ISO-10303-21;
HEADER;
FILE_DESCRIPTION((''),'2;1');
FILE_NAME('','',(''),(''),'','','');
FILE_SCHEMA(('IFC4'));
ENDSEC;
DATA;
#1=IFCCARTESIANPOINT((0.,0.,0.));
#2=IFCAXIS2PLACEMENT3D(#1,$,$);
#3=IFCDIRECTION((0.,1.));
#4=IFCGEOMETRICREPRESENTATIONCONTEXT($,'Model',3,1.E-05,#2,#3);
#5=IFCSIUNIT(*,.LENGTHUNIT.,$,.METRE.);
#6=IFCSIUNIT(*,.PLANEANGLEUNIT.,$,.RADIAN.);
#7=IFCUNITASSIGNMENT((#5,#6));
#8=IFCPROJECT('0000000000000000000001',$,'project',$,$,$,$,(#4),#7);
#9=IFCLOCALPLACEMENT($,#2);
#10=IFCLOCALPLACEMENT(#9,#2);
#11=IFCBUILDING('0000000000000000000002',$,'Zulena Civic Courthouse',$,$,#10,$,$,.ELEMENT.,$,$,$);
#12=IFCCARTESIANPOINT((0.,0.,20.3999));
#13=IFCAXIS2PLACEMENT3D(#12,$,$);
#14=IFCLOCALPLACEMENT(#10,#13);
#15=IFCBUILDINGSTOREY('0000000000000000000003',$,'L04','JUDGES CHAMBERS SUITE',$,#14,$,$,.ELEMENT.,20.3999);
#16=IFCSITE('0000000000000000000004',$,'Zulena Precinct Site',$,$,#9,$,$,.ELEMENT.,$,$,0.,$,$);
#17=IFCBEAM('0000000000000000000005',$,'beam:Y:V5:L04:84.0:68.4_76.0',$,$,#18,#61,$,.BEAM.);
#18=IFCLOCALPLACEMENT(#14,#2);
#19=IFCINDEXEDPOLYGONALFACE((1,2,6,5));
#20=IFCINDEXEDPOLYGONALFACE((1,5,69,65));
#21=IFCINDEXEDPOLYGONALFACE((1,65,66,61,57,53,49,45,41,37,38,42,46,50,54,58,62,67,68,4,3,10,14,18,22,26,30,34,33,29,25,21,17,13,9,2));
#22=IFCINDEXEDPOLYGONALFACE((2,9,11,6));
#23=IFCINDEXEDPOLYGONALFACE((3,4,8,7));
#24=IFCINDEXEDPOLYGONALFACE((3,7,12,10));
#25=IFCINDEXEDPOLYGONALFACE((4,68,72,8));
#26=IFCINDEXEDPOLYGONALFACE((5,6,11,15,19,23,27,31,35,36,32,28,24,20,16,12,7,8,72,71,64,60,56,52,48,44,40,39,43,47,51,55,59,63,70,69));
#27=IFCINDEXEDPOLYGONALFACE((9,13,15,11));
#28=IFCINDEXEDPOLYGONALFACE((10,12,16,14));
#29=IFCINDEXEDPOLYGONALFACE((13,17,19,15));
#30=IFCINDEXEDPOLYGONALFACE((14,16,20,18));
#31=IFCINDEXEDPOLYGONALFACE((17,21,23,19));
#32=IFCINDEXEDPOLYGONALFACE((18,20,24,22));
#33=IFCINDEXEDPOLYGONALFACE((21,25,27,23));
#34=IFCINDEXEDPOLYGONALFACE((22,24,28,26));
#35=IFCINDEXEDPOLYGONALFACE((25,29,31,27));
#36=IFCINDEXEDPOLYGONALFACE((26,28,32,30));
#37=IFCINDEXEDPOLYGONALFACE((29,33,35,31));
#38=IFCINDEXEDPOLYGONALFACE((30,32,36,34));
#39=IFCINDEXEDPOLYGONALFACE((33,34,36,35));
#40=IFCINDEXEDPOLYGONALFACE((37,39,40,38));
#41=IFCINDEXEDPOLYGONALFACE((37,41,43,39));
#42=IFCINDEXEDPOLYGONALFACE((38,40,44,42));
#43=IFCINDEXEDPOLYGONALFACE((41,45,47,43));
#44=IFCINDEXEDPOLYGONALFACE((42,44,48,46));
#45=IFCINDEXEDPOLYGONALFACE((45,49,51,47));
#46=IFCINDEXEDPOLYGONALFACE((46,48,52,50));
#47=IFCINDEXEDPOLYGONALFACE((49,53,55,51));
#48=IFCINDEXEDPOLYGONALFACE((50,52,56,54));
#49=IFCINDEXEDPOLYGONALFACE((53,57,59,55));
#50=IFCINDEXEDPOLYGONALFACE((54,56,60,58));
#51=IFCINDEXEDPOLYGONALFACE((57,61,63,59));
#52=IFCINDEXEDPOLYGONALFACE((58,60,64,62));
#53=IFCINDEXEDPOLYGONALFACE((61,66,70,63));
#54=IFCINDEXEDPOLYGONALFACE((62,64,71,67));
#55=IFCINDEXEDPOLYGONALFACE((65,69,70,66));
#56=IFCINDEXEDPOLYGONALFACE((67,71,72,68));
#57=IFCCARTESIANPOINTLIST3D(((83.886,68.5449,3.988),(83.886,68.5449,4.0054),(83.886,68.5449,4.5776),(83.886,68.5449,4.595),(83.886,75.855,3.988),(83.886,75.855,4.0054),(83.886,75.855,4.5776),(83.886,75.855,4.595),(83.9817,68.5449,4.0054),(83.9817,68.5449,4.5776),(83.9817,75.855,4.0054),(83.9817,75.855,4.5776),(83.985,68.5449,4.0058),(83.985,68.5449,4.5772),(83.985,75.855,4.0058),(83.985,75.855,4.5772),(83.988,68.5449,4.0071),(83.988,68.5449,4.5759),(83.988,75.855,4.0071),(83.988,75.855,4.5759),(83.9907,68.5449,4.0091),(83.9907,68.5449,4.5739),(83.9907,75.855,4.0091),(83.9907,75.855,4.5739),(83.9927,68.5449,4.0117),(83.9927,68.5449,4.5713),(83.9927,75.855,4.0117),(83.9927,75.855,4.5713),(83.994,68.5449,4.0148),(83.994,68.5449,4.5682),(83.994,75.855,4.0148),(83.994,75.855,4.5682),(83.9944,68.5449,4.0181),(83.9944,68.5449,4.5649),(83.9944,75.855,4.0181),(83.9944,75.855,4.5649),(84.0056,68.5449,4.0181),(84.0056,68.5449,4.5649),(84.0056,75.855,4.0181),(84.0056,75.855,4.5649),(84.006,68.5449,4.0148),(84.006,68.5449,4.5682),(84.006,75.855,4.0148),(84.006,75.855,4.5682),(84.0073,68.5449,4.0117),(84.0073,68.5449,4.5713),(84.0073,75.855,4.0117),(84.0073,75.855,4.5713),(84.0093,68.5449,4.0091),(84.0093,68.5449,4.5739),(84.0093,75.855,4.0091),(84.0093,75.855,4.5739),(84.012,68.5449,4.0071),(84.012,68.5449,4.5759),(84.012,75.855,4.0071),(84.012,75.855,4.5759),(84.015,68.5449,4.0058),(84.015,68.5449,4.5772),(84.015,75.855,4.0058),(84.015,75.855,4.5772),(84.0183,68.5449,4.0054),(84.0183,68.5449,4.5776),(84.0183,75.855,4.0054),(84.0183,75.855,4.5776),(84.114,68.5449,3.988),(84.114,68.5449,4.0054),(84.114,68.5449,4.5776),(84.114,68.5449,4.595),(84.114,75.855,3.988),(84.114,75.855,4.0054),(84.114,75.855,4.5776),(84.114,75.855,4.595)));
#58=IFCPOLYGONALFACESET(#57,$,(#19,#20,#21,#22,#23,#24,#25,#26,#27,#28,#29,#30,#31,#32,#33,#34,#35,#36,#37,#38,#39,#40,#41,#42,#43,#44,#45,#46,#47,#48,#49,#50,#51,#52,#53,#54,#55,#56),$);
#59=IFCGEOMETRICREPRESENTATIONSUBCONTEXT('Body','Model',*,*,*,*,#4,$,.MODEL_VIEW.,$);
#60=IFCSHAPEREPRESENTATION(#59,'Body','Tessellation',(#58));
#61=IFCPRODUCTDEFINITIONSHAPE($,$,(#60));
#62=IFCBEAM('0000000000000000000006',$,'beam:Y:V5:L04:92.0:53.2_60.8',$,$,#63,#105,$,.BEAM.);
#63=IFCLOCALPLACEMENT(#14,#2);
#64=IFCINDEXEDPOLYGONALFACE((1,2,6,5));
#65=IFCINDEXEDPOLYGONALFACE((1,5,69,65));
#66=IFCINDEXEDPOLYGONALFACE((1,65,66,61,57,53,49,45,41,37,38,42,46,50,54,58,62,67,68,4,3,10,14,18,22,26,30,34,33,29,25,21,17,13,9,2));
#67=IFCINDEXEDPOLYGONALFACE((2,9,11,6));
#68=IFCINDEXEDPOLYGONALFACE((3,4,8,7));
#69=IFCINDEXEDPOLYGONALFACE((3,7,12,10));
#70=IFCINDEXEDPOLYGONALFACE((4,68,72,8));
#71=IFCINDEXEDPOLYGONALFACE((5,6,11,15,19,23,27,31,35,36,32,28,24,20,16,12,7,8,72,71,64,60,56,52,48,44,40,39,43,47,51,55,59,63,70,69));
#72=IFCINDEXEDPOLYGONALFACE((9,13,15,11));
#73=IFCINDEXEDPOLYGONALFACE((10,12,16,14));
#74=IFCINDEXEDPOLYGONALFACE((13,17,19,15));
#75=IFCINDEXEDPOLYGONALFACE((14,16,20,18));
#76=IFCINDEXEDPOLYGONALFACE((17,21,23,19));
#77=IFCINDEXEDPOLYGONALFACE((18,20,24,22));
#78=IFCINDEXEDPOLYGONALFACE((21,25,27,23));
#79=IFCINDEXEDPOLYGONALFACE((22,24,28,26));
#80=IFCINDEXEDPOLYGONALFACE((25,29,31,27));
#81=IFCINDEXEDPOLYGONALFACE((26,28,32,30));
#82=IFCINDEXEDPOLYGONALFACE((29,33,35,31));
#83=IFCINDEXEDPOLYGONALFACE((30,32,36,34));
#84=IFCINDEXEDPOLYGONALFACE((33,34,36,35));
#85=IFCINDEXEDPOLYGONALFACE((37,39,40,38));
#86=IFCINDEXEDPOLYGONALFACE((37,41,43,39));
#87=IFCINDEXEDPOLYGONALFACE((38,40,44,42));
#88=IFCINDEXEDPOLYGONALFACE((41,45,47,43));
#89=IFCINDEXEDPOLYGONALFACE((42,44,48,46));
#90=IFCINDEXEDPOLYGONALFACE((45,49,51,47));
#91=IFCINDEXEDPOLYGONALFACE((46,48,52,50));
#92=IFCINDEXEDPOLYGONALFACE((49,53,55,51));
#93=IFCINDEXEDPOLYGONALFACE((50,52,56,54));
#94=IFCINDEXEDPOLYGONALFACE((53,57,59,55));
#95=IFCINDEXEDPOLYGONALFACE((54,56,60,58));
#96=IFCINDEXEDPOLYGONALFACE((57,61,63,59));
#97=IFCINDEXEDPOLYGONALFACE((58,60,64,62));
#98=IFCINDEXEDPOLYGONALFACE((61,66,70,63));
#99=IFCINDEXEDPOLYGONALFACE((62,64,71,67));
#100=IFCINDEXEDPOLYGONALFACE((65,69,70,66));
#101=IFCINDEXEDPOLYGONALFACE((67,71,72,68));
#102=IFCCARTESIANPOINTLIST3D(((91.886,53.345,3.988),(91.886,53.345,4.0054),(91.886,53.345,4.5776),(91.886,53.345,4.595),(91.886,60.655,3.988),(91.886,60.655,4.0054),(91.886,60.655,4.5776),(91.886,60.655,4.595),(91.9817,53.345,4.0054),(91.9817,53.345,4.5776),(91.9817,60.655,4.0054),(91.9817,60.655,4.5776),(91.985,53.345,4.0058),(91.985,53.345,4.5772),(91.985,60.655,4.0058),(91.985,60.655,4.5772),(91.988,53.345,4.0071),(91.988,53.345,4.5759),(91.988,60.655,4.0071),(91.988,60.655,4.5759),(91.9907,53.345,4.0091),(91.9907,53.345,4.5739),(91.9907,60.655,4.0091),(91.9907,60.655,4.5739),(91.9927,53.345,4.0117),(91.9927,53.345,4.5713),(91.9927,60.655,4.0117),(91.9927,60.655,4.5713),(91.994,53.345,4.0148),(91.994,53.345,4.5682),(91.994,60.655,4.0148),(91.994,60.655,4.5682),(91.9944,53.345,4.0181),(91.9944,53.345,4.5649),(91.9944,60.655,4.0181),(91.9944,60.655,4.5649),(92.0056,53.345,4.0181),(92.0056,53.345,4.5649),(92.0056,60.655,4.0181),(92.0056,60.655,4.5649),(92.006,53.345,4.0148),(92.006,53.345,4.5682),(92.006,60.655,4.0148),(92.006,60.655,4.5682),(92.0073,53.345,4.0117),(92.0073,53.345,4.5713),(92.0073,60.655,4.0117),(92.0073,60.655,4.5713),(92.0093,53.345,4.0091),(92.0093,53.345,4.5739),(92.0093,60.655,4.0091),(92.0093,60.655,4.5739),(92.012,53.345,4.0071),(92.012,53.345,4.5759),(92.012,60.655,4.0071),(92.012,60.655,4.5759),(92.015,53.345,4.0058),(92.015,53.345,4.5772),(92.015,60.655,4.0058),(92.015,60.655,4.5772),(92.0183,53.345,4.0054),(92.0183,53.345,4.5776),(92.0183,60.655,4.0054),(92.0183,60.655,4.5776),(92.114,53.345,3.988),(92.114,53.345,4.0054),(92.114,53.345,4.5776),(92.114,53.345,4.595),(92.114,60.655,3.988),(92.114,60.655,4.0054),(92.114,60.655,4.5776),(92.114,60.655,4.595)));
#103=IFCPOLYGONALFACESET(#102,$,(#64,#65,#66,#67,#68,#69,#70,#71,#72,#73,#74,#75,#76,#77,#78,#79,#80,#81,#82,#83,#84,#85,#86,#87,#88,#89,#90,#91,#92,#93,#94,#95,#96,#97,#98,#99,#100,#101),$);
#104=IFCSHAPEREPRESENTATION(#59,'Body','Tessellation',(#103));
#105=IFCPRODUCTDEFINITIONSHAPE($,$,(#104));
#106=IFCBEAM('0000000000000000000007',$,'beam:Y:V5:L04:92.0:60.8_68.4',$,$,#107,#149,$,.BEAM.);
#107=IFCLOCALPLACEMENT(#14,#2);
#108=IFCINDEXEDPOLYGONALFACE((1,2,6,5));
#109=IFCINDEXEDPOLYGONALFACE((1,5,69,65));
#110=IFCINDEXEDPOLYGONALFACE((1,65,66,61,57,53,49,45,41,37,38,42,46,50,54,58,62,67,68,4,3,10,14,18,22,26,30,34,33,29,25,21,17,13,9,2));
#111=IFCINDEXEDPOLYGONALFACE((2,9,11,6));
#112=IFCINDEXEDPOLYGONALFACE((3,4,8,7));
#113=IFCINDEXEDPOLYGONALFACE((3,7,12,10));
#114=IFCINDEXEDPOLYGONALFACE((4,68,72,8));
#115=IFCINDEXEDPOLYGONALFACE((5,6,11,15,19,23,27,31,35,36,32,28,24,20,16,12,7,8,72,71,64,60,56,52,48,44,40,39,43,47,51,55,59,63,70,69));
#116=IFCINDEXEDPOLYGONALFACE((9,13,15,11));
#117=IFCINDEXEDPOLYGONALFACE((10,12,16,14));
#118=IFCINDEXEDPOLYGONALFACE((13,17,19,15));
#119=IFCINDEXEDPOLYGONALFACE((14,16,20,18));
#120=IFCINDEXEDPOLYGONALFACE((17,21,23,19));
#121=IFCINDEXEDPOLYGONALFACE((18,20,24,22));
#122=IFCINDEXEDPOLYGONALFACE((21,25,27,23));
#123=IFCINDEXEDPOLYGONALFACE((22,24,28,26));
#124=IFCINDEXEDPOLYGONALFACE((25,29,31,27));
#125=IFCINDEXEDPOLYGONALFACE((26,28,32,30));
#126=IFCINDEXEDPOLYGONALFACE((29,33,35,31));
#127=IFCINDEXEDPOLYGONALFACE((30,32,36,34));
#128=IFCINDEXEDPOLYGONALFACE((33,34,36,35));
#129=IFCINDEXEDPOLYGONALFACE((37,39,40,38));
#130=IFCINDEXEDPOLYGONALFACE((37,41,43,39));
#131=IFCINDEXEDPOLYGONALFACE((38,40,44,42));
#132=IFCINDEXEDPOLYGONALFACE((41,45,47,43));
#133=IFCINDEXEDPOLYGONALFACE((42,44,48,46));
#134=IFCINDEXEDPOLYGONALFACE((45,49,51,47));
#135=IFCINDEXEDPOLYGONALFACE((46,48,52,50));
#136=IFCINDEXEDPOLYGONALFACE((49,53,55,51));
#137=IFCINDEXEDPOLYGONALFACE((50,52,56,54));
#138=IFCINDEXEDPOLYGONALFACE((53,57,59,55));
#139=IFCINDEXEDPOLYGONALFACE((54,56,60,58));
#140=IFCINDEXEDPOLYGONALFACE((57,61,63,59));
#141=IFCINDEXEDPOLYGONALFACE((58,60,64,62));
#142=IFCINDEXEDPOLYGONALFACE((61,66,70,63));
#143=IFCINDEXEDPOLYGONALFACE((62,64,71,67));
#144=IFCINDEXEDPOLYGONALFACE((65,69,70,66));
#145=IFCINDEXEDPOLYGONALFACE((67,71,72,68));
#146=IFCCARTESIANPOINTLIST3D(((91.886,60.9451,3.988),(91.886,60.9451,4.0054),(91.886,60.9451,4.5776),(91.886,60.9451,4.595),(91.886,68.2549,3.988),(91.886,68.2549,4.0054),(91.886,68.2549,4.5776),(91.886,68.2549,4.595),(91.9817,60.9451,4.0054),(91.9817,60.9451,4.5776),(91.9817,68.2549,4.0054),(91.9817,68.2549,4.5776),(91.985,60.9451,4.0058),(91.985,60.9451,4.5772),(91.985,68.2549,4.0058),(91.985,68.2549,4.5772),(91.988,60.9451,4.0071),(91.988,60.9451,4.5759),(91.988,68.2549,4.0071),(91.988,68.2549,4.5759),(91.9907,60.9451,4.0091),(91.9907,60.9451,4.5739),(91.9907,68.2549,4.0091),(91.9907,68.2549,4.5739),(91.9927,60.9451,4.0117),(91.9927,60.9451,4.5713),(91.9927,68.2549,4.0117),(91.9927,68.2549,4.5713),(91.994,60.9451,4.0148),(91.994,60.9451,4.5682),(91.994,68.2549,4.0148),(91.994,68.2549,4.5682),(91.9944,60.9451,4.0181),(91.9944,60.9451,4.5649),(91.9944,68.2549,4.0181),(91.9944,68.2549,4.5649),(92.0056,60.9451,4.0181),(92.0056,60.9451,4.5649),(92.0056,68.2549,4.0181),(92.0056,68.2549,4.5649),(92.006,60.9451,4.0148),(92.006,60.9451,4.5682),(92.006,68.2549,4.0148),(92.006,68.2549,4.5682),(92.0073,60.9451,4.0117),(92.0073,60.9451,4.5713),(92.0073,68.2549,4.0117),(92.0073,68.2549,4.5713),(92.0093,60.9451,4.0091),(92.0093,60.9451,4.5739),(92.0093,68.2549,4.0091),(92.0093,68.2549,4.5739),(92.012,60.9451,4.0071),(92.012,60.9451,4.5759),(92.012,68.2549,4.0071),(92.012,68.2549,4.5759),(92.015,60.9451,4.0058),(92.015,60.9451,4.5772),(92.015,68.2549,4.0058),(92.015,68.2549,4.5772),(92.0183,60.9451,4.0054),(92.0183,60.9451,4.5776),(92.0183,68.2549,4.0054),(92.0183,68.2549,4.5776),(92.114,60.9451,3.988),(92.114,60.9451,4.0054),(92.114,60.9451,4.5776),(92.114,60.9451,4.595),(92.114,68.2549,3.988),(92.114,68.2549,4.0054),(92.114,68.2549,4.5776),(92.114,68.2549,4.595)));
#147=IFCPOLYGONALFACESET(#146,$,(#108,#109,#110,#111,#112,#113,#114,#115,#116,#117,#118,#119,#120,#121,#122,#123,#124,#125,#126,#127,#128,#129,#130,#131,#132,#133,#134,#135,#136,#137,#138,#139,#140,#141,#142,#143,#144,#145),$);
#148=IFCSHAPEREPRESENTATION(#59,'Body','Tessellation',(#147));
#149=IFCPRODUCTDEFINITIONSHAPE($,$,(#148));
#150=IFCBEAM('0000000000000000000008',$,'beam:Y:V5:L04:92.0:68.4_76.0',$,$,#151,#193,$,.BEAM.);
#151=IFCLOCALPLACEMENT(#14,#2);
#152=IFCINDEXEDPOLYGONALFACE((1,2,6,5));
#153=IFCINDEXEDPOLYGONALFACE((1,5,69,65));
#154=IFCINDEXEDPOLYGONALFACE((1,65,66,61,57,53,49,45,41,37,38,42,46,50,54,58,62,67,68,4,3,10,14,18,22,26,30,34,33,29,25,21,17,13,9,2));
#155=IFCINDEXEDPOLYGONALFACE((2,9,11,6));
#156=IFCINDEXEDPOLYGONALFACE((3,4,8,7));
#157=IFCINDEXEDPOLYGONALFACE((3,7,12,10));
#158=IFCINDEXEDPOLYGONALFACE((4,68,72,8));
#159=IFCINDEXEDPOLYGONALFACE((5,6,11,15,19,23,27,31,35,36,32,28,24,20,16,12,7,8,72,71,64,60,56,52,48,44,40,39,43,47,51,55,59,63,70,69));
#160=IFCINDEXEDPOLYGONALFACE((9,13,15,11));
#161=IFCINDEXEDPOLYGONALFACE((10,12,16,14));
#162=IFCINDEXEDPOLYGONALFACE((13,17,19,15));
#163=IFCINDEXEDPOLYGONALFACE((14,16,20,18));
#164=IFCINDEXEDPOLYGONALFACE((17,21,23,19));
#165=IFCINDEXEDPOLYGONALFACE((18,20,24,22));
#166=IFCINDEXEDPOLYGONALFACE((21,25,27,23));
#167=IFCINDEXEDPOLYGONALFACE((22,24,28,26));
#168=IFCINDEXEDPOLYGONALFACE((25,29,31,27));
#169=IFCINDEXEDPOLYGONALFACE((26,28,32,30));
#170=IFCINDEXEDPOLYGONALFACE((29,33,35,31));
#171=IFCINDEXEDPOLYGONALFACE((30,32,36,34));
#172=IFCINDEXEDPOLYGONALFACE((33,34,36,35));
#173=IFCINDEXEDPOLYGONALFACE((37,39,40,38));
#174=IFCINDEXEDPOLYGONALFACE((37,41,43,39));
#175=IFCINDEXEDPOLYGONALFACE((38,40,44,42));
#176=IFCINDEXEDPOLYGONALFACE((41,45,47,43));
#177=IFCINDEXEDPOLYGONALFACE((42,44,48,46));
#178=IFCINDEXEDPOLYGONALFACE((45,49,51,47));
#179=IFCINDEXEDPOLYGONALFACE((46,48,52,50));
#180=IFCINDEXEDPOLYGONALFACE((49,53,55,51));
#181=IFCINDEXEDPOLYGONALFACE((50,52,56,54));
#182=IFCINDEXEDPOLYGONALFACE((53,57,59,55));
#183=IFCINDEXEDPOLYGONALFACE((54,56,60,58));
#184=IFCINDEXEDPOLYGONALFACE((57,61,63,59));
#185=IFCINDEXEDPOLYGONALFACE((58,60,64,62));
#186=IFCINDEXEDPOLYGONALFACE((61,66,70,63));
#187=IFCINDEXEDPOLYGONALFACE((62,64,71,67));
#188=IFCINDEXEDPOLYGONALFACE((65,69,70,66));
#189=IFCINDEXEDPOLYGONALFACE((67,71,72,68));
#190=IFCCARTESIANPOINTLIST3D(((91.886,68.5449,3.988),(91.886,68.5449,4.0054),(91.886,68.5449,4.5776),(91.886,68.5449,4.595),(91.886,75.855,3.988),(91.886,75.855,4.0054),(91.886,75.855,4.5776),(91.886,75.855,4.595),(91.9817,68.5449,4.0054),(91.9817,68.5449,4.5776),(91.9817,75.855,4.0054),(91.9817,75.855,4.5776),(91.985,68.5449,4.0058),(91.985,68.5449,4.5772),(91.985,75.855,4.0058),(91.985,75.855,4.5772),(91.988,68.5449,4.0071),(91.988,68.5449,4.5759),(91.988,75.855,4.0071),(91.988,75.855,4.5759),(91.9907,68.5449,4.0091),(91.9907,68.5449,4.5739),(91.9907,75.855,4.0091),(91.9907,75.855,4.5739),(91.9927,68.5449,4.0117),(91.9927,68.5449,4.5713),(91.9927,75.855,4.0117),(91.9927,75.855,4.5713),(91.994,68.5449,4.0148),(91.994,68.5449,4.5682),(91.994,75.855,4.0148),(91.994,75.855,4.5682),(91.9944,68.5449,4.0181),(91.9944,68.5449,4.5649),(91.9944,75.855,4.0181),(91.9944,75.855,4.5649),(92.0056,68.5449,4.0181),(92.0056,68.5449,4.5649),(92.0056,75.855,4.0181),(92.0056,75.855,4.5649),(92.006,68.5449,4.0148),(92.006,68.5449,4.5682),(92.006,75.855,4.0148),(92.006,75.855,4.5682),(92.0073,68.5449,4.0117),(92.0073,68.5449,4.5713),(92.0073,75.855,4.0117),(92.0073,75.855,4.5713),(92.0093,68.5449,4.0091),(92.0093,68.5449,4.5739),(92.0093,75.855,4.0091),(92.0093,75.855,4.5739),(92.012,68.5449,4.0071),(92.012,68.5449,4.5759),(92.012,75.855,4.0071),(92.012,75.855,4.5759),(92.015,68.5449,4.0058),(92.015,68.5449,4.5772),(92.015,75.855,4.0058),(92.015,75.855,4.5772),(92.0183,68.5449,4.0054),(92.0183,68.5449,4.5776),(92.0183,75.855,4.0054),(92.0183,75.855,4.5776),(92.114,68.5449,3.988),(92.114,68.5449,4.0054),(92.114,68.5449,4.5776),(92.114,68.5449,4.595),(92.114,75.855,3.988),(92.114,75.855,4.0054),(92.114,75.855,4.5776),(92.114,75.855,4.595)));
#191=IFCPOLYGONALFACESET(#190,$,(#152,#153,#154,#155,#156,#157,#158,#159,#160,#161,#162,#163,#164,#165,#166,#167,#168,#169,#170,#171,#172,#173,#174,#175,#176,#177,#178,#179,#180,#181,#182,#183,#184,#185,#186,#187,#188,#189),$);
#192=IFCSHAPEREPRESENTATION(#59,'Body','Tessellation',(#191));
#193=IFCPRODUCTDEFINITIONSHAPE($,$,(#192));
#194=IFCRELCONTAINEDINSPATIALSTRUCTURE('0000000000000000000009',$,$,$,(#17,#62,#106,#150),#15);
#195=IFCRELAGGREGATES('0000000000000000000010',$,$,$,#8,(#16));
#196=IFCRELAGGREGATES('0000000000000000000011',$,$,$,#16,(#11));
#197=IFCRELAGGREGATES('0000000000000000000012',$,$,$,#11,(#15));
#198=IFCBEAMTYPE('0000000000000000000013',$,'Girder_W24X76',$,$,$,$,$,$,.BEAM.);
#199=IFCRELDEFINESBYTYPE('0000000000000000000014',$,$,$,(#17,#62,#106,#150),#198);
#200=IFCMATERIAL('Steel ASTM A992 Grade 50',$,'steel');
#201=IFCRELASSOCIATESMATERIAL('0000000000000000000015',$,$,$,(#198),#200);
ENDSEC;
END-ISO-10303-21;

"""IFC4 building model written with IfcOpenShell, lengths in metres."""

from ifc_helpers import new_model, si_unit, direction, frame, origin, origin_2d, place, context, subcontext, project, spatial, i_section, extrude, material, material_profile, profile_set, type_object, element, save


model = new_model("IFC4")

# Units and contexts
model_context = context("Model", 3, precision=1e-05, world=origin(), true_north=direction((0.0, 1.0)))
body_context = subcontext(model_context, "Body", "Model", "MODEL_VIEW")
ifc_project = project(units=[si_unit("LENGTHUNIT", "METRE"), si_unit("PLANEANGLEUNIT", "RADIAN")], contexts=[model_context])

# Site, building, storey
site_placement = place(None, origin())
site = spatial("IfcSite", under=ifc_project, at=site_placement, Name="Zulena Precinct Site", CompositionType="ELEMENT", RefElevation=0.0)
building_placement = place(site_placement, origin())
building = spatial("IfcBuilding", under=site, at=building_placement, Name="Zulena Civic Courthouse", CompositionType="ELEMENT")
storey_placement = place(building_placement, frame((0.0, 0.0, 20.3999)))
storey = spatial("IfcBuildingStorey", under=building, at=storey_placement, Name="L04", Description="JUDGES CHAMBERS SUITE", CompositionType="ELEMENT", Elevation=20.3999)

# Shared definitions
ifc_material_1 = material(Name="Steel ASTM A992 Grade 50", Category="steel")

# Beams
ifc_material_profile_1 = material_profile(ifc_material_1, i_section(OverallWidth=0.228, OverallDepth=0.6069, WebThickness=0.0112, FlangeThickness=0.0173, FilletRadius=0.0127, at=origin_2d()), Name="W24X76")
ifc_profile_set_1 = profile_set([ifc_material_profile_1], Name="Steel ASTM A992 Grade 50")
beam_type_1 = type_object("IfcBeamType", Name="Girder_W24X76", PredefinedType="BEAM", material=ifc_profile_set_1)
for number, where, z_axis, x_axis, name in (
    (1, (84.0, 68.5449, 4.2915), (0.0, 1.0, 0.0), (-1.0, 0.0, 0.0), "beam:Y:V5:L04:84.0:68.4_76.0"),
    (2, (92.0, 53.345, 4.2915), (0.0, 1.0, 0.0), (-1.0, 0.0, 0.0), "beam:Y:V5:L04:92.0:53.2_60.8"),
):
    element("IfcBeam", number, at=place(storey_placement, frame(where, z_axis=z_axis, x_axis=x_axis)), inside=storey, type_object=beam_type_1, Name=name, PredefinedType="BEAM", context=body_context, shape_type="SweptSolid", body=[
        extrude(i_section(OverallWidth=0.228, OverallDepth=0.6069, WebThickness=0.0112, FlangeThickness=0.0173, FilletRadius=0.0127, at=origin_2d()), origin(), (0.0, 0.0, 1.0), 7.3101),
    ])
beam_1_placement = place(storey_placement, frame((92.0, 60.9451, 4.2915), z_axis=(0.0, 1.0, 0.0), x_axis=(-1.0, 0.0, 0.0)))
element("IfcBeam", 3, at=beam_1_placement, inside=storey, type_object=beam_type_1, Name="beam:Y:V5:L04:92.0:60.8_68.4", PredefinedType="BEAM", context=body_context, shape_type="SweptSolid", body=[
    extrude(i_section(OverallWidth=0.228, OverallDepth=0.6069, WebThickness=0.0112, FlangeThickness=0.0173, FilletRadius=0.0127, at=origin_2d()), origin(), (0.0, 0.0, 1.0), 7.3098),
])
beam_2_placement = place(storey_placement, frame((92.0, 68.5449, 4.2915), z_axis=(0.0, 1.0, 0.0), x_axis=(-1.0, 0.0, 0.0)))
element("IfcBeam", 4, at=beam_2_placement, inside=storey, type_object=beam_type_1, Name="beam:Y:V5:L04:92.0:68.4_76.0", PredefinedType="BEAM", context=body_context, shape_type="SweptSolid", body=[
    extrude(i_section(OverallWidth=0.228, OverallDepth=0.6069, WebThickness=0.0112, FlangeThickness=0.0173, FilletRadius=0.0127, at=origin_2d()), origin(), (0.0, 0.0, 1.0), 7.3101),
])

save(model, "model.ifc")
